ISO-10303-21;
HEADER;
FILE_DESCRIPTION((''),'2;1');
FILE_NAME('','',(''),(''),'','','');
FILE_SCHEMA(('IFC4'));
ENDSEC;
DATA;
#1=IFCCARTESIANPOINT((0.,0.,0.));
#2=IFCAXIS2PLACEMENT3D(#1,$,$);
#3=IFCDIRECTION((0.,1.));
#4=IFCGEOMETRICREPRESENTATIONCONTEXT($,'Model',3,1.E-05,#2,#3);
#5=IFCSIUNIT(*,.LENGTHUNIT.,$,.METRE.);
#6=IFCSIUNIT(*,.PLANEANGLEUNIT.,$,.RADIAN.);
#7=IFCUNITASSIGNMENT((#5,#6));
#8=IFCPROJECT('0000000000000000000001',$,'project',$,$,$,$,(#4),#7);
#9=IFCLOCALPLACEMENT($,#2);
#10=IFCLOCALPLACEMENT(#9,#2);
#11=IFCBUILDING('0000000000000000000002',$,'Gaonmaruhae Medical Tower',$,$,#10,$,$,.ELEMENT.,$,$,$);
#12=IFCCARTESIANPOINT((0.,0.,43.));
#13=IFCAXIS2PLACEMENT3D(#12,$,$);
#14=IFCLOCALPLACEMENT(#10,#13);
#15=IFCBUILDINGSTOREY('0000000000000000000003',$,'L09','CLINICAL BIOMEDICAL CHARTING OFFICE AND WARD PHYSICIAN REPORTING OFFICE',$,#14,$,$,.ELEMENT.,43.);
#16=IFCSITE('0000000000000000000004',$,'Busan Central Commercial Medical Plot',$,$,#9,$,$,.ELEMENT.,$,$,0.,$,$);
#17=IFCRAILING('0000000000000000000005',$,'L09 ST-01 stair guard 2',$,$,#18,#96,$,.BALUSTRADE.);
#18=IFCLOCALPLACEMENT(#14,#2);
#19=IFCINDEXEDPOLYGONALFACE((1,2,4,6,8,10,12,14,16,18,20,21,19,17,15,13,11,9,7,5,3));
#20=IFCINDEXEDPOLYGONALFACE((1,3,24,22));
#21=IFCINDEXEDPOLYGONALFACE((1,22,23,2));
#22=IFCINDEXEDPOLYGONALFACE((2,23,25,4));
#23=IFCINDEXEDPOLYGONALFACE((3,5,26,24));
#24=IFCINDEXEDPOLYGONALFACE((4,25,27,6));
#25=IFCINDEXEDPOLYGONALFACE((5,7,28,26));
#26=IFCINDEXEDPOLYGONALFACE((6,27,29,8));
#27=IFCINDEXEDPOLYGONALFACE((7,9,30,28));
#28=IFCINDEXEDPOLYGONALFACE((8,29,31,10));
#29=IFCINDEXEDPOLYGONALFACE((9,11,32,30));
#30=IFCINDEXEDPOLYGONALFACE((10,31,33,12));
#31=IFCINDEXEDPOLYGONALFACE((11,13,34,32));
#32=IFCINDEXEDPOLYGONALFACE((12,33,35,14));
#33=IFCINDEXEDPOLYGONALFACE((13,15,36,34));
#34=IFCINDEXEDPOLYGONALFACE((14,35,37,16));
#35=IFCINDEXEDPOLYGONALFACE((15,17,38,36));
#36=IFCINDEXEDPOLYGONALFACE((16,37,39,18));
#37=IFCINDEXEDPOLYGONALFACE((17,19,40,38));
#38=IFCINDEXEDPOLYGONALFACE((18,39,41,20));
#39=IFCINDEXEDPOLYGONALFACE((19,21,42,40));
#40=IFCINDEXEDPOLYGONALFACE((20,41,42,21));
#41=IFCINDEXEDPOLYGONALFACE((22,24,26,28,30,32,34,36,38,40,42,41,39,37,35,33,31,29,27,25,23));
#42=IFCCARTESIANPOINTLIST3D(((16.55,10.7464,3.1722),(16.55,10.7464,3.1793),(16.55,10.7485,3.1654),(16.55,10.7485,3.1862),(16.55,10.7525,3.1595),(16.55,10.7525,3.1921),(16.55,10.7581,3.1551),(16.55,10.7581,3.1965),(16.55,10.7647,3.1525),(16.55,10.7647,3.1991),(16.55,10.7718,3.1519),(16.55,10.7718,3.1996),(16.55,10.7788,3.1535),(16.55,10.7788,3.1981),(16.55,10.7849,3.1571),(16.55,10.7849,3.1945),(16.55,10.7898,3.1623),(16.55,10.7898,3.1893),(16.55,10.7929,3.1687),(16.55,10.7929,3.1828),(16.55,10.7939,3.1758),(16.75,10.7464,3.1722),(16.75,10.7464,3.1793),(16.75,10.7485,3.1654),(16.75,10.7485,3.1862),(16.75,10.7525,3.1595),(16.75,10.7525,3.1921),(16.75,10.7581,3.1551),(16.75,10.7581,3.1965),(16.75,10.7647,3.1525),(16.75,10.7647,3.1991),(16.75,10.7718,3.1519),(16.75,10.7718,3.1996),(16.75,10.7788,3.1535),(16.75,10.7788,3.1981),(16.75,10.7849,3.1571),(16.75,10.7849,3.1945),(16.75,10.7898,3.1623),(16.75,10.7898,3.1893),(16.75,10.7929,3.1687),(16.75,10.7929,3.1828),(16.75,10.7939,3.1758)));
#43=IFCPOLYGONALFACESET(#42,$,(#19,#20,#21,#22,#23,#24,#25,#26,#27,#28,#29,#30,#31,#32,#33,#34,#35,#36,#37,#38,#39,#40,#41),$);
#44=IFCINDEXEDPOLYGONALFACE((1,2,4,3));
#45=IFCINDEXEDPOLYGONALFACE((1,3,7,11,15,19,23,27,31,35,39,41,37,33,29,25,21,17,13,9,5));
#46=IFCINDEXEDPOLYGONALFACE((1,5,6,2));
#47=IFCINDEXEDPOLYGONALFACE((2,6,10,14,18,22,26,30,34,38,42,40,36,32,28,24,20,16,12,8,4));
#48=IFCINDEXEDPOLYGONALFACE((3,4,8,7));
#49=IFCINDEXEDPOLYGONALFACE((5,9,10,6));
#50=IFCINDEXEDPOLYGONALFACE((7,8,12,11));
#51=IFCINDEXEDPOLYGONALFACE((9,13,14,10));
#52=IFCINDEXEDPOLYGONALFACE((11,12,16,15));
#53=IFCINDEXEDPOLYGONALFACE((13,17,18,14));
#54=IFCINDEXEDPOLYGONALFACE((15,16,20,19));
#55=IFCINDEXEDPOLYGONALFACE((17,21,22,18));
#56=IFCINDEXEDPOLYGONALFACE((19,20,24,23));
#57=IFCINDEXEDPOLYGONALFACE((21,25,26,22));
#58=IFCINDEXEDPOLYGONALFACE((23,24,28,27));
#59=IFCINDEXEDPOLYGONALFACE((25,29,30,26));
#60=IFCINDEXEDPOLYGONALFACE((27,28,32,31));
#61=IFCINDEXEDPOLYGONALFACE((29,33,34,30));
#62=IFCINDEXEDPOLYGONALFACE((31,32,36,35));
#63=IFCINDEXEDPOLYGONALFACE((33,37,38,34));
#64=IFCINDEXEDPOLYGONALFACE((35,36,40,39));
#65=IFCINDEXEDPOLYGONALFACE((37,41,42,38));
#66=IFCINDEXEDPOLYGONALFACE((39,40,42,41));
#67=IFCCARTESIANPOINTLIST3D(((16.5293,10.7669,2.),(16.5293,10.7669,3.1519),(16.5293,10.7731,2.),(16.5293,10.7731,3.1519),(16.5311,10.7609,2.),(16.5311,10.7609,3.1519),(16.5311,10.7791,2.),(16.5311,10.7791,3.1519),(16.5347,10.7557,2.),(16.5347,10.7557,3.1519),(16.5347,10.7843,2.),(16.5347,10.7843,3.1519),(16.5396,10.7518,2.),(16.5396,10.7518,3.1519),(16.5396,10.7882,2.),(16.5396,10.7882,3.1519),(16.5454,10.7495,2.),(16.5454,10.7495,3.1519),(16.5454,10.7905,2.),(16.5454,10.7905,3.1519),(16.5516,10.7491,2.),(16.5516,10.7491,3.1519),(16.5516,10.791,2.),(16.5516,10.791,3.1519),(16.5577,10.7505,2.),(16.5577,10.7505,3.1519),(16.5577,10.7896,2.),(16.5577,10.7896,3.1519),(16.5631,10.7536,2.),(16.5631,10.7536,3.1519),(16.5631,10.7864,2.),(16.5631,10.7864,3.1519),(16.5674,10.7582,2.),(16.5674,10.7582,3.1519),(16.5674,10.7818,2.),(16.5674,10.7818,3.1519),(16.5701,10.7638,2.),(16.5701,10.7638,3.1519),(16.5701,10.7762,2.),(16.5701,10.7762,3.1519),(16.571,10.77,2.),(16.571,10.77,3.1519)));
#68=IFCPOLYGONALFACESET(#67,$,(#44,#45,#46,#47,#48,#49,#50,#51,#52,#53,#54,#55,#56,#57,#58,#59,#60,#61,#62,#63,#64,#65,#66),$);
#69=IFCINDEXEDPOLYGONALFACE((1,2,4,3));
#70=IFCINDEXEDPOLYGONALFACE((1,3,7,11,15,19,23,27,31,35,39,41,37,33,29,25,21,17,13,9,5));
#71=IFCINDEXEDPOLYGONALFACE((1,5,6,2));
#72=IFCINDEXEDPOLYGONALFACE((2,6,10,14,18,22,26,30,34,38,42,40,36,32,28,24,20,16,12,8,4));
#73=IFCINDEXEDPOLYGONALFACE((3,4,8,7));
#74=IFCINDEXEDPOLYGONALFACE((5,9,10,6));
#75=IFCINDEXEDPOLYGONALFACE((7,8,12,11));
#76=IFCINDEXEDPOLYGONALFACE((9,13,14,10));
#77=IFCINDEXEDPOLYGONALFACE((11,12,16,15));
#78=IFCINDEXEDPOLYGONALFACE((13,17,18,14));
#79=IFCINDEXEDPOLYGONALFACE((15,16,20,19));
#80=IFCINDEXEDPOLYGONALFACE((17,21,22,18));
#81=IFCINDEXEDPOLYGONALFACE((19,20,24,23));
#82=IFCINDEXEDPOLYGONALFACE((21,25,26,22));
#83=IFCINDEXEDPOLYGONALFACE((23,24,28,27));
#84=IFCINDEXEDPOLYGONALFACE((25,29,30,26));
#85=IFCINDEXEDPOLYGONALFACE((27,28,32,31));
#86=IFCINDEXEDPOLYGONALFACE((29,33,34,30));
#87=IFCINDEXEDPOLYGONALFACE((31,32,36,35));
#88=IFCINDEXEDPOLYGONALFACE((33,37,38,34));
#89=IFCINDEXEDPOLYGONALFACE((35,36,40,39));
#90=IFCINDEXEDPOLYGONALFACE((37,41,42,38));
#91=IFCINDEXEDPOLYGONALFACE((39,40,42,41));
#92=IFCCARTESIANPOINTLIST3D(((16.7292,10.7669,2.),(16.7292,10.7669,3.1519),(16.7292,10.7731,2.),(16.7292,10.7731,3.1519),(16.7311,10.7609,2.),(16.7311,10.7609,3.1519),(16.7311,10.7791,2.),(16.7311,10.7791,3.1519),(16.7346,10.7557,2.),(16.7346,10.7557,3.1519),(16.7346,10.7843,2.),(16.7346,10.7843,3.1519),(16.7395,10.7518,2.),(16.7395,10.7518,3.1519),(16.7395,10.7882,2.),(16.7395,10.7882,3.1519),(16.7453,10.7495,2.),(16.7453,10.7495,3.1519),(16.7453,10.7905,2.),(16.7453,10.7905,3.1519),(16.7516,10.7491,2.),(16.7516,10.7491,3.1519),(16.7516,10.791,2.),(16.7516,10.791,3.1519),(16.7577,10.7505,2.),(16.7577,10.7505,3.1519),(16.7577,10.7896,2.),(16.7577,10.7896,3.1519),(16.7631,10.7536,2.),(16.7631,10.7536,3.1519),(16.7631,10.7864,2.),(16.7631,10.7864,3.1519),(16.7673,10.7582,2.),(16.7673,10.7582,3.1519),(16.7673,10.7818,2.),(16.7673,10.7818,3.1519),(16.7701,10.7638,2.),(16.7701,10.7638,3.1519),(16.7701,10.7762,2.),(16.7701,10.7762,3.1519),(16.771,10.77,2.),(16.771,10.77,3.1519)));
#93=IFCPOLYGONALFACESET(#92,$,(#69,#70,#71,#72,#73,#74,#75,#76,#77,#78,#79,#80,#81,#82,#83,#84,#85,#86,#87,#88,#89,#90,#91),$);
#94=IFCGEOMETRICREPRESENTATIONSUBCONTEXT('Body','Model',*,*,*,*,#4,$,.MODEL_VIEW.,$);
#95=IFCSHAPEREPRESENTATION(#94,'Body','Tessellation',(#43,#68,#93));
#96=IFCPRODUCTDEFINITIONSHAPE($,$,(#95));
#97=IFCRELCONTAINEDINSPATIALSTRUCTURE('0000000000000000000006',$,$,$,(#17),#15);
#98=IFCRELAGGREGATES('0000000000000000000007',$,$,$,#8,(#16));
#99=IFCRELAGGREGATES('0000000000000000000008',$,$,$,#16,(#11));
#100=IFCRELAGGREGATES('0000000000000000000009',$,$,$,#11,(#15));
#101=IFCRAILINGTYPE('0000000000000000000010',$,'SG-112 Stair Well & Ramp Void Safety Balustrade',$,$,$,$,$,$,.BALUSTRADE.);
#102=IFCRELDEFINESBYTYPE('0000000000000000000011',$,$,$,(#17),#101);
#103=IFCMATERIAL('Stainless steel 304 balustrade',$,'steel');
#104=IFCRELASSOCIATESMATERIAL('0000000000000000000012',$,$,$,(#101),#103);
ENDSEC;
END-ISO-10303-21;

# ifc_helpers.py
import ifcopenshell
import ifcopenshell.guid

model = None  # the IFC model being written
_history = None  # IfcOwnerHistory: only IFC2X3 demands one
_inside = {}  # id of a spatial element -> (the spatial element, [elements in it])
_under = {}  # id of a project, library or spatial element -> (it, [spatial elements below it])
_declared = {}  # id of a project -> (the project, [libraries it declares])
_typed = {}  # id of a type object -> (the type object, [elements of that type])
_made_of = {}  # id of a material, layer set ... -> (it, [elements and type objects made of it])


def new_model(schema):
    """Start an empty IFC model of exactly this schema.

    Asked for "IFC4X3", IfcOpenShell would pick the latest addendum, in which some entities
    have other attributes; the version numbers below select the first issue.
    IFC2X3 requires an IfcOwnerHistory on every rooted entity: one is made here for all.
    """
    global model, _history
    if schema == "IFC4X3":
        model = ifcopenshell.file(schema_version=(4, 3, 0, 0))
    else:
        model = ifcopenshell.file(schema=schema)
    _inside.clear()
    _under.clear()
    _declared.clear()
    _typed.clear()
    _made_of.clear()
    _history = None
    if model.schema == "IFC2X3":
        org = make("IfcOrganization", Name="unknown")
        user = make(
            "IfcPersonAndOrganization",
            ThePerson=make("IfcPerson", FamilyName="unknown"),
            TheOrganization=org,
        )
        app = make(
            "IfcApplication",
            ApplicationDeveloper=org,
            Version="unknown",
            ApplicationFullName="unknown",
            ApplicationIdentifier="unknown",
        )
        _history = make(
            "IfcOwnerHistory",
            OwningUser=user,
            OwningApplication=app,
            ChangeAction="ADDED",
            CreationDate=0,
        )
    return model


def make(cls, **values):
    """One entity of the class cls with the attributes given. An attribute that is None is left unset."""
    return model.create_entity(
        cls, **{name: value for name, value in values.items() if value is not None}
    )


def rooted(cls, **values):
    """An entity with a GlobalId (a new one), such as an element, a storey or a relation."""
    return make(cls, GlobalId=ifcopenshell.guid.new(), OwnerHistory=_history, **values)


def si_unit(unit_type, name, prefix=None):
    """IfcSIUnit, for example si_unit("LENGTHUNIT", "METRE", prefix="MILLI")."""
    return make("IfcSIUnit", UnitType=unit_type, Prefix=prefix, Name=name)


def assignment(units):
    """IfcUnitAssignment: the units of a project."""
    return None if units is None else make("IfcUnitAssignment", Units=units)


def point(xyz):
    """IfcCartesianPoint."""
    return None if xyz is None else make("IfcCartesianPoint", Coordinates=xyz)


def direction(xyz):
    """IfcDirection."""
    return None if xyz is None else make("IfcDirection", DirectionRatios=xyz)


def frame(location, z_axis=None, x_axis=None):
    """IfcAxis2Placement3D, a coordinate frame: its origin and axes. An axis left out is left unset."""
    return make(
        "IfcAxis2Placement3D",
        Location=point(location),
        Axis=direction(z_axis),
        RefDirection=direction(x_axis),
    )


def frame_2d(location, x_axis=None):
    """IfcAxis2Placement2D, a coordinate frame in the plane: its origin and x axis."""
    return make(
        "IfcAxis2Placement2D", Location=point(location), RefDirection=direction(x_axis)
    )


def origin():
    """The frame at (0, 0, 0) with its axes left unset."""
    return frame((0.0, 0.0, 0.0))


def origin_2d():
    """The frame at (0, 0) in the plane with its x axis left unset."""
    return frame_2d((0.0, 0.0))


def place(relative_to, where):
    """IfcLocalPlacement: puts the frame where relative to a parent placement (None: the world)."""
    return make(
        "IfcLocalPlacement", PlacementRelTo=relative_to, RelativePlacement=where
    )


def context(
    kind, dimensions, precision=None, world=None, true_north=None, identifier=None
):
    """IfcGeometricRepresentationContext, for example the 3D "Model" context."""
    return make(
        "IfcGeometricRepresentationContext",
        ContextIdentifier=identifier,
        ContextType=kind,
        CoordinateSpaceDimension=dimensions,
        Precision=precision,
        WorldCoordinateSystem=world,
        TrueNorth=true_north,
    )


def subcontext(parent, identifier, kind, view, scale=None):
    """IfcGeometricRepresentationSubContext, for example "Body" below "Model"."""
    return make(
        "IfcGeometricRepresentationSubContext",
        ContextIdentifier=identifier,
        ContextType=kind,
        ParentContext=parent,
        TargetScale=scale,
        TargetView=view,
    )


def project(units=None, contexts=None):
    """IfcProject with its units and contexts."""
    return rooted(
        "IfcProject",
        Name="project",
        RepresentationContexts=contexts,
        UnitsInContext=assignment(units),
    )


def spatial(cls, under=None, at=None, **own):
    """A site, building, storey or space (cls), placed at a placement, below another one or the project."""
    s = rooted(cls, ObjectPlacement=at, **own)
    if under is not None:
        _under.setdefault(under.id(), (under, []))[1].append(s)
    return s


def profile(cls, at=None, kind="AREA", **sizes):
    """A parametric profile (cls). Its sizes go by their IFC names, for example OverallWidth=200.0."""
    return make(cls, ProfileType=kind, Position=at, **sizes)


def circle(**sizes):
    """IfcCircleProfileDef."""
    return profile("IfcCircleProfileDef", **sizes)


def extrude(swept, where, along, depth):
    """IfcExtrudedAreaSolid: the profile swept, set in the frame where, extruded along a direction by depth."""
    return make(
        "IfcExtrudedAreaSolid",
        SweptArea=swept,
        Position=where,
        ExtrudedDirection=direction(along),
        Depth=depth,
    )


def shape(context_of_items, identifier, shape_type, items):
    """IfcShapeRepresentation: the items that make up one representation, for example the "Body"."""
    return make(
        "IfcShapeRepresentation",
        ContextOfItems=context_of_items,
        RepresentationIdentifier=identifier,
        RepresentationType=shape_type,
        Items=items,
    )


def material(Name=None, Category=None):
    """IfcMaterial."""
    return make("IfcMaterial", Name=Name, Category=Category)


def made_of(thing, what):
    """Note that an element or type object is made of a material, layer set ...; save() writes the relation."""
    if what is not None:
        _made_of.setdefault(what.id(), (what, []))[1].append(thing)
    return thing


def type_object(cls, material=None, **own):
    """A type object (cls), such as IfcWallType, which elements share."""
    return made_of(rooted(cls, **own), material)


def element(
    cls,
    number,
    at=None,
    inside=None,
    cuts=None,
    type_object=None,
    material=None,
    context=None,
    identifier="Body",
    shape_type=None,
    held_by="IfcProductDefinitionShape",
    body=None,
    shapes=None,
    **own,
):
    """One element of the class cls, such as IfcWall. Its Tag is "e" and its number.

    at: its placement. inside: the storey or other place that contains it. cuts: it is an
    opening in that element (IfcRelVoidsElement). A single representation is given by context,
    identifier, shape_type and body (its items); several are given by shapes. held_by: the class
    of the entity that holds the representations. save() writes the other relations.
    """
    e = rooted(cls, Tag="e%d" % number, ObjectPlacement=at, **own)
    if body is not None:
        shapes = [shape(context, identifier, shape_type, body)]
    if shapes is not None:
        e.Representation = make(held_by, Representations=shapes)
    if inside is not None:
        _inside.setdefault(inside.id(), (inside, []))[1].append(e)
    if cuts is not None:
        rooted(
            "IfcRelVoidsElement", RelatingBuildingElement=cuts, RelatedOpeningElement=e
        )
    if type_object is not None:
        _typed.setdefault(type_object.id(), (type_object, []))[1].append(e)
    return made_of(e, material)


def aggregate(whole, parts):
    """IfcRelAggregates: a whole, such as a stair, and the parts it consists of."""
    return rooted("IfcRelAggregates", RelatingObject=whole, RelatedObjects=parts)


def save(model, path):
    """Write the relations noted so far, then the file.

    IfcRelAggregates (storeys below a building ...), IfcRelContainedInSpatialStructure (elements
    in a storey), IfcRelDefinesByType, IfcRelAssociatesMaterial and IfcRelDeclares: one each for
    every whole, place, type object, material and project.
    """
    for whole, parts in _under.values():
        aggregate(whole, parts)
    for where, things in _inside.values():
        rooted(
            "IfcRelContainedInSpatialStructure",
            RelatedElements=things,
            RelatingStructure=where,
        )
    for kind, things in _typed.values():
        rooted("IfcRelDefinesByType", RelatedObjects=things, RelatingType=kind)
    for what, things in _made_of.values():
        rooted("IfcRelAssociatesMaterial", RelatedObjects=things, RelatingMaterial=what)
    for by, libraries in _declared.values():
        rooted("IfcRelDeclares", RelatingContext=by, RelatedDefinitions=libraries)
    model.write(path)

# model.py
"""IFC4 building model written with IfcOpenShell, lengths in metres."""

from ifc_helpers import new_model, si_unit, direction, frame, origin, origin_2d, place, context, subcontext, project, spatial, circle, extrude, material, type_object, element, save


model = new_model("IFC4")

# Units and contexts
model_context = context("Model", 3, precision=1e-05, world=origin(), true_north=direction((0.0, 1.0)))
body_context = subcontext(model_context, "Body", "Model", "MODEL_VIEW")
ifc_project = project(units=[si_unit("LENGTHUNIT", "METRE"), si_unit("PLANEANGLEUNIT", "RADIAN")], contexts=[model_context])

# Site, building, storey
site_placement = place(None, origin())
site = spatial("IfcSite", under=ifc_project, at=site_placement, Name="Busan Central Commercial Medical Plot", CompositionType="ELEMENT", RefElevation=0.0)
building_placement = place(site_placement, origin())
building = spatial("IfcBuilding", under=site, at=building_placement, Name="Gaonmaruhae Medical Tower", CompositionType="ELEMENT")
storey_placement = place(building_placement, frame((0.0, 0.0, 43.0)))
storey = spatial("IfcBuildingStorey", under=building, at=storey_placement, Name="L09", Description="CLINICAL BIOMEDICAL CHARTING OFFICE AND WARD PHYSICIAN REPORTING OFFICE", CompositionType="ELEMENT", Elevation=43.0)

# Railing
ifc_material_1 = material(Name="Stainless steel 304 balustrade", Category="steel")
railing_type_1 = type_object("IfcRailingType", Name="SG-112 Stair Well & Ramp Void Safety Balustrade", PredefinedType="BALUSTRADE", material=ifc_material_1)
railing_1_placement = place(storey_placement, frame((16.55, 10.77, 2.0)))
element("IfcRailing", 1, at=railing_1_placement, inside=storey, type_object=railing_type_1, Name="L09 ST-01 stair guard 2", PredefinedType="BALUSTRADE", context=body_context, shape_type="SweptSolid", body=[
    extrude(circle(Radius=0.0239, at=origin_2d()), frame((0.0, 0.0, 1.1758), z_axis=(1.0, 0.0, 0.0), x_axis=(0.0, 1.0, 0.0)), (0.0, 0.0, 1.0), 0.2),
    extrude(circle(Radius=0.021, at=origin_2d()), origin(), (0.0, 0.0, 1.0), 1.1519),
    extrude(circle(Radius=0.021, at=origin_2d()), frame((0.2, 0.0, 0.0)), (0.0, 0.0, 1.0), 1.1519),
])

save(model, "model.ifc")
